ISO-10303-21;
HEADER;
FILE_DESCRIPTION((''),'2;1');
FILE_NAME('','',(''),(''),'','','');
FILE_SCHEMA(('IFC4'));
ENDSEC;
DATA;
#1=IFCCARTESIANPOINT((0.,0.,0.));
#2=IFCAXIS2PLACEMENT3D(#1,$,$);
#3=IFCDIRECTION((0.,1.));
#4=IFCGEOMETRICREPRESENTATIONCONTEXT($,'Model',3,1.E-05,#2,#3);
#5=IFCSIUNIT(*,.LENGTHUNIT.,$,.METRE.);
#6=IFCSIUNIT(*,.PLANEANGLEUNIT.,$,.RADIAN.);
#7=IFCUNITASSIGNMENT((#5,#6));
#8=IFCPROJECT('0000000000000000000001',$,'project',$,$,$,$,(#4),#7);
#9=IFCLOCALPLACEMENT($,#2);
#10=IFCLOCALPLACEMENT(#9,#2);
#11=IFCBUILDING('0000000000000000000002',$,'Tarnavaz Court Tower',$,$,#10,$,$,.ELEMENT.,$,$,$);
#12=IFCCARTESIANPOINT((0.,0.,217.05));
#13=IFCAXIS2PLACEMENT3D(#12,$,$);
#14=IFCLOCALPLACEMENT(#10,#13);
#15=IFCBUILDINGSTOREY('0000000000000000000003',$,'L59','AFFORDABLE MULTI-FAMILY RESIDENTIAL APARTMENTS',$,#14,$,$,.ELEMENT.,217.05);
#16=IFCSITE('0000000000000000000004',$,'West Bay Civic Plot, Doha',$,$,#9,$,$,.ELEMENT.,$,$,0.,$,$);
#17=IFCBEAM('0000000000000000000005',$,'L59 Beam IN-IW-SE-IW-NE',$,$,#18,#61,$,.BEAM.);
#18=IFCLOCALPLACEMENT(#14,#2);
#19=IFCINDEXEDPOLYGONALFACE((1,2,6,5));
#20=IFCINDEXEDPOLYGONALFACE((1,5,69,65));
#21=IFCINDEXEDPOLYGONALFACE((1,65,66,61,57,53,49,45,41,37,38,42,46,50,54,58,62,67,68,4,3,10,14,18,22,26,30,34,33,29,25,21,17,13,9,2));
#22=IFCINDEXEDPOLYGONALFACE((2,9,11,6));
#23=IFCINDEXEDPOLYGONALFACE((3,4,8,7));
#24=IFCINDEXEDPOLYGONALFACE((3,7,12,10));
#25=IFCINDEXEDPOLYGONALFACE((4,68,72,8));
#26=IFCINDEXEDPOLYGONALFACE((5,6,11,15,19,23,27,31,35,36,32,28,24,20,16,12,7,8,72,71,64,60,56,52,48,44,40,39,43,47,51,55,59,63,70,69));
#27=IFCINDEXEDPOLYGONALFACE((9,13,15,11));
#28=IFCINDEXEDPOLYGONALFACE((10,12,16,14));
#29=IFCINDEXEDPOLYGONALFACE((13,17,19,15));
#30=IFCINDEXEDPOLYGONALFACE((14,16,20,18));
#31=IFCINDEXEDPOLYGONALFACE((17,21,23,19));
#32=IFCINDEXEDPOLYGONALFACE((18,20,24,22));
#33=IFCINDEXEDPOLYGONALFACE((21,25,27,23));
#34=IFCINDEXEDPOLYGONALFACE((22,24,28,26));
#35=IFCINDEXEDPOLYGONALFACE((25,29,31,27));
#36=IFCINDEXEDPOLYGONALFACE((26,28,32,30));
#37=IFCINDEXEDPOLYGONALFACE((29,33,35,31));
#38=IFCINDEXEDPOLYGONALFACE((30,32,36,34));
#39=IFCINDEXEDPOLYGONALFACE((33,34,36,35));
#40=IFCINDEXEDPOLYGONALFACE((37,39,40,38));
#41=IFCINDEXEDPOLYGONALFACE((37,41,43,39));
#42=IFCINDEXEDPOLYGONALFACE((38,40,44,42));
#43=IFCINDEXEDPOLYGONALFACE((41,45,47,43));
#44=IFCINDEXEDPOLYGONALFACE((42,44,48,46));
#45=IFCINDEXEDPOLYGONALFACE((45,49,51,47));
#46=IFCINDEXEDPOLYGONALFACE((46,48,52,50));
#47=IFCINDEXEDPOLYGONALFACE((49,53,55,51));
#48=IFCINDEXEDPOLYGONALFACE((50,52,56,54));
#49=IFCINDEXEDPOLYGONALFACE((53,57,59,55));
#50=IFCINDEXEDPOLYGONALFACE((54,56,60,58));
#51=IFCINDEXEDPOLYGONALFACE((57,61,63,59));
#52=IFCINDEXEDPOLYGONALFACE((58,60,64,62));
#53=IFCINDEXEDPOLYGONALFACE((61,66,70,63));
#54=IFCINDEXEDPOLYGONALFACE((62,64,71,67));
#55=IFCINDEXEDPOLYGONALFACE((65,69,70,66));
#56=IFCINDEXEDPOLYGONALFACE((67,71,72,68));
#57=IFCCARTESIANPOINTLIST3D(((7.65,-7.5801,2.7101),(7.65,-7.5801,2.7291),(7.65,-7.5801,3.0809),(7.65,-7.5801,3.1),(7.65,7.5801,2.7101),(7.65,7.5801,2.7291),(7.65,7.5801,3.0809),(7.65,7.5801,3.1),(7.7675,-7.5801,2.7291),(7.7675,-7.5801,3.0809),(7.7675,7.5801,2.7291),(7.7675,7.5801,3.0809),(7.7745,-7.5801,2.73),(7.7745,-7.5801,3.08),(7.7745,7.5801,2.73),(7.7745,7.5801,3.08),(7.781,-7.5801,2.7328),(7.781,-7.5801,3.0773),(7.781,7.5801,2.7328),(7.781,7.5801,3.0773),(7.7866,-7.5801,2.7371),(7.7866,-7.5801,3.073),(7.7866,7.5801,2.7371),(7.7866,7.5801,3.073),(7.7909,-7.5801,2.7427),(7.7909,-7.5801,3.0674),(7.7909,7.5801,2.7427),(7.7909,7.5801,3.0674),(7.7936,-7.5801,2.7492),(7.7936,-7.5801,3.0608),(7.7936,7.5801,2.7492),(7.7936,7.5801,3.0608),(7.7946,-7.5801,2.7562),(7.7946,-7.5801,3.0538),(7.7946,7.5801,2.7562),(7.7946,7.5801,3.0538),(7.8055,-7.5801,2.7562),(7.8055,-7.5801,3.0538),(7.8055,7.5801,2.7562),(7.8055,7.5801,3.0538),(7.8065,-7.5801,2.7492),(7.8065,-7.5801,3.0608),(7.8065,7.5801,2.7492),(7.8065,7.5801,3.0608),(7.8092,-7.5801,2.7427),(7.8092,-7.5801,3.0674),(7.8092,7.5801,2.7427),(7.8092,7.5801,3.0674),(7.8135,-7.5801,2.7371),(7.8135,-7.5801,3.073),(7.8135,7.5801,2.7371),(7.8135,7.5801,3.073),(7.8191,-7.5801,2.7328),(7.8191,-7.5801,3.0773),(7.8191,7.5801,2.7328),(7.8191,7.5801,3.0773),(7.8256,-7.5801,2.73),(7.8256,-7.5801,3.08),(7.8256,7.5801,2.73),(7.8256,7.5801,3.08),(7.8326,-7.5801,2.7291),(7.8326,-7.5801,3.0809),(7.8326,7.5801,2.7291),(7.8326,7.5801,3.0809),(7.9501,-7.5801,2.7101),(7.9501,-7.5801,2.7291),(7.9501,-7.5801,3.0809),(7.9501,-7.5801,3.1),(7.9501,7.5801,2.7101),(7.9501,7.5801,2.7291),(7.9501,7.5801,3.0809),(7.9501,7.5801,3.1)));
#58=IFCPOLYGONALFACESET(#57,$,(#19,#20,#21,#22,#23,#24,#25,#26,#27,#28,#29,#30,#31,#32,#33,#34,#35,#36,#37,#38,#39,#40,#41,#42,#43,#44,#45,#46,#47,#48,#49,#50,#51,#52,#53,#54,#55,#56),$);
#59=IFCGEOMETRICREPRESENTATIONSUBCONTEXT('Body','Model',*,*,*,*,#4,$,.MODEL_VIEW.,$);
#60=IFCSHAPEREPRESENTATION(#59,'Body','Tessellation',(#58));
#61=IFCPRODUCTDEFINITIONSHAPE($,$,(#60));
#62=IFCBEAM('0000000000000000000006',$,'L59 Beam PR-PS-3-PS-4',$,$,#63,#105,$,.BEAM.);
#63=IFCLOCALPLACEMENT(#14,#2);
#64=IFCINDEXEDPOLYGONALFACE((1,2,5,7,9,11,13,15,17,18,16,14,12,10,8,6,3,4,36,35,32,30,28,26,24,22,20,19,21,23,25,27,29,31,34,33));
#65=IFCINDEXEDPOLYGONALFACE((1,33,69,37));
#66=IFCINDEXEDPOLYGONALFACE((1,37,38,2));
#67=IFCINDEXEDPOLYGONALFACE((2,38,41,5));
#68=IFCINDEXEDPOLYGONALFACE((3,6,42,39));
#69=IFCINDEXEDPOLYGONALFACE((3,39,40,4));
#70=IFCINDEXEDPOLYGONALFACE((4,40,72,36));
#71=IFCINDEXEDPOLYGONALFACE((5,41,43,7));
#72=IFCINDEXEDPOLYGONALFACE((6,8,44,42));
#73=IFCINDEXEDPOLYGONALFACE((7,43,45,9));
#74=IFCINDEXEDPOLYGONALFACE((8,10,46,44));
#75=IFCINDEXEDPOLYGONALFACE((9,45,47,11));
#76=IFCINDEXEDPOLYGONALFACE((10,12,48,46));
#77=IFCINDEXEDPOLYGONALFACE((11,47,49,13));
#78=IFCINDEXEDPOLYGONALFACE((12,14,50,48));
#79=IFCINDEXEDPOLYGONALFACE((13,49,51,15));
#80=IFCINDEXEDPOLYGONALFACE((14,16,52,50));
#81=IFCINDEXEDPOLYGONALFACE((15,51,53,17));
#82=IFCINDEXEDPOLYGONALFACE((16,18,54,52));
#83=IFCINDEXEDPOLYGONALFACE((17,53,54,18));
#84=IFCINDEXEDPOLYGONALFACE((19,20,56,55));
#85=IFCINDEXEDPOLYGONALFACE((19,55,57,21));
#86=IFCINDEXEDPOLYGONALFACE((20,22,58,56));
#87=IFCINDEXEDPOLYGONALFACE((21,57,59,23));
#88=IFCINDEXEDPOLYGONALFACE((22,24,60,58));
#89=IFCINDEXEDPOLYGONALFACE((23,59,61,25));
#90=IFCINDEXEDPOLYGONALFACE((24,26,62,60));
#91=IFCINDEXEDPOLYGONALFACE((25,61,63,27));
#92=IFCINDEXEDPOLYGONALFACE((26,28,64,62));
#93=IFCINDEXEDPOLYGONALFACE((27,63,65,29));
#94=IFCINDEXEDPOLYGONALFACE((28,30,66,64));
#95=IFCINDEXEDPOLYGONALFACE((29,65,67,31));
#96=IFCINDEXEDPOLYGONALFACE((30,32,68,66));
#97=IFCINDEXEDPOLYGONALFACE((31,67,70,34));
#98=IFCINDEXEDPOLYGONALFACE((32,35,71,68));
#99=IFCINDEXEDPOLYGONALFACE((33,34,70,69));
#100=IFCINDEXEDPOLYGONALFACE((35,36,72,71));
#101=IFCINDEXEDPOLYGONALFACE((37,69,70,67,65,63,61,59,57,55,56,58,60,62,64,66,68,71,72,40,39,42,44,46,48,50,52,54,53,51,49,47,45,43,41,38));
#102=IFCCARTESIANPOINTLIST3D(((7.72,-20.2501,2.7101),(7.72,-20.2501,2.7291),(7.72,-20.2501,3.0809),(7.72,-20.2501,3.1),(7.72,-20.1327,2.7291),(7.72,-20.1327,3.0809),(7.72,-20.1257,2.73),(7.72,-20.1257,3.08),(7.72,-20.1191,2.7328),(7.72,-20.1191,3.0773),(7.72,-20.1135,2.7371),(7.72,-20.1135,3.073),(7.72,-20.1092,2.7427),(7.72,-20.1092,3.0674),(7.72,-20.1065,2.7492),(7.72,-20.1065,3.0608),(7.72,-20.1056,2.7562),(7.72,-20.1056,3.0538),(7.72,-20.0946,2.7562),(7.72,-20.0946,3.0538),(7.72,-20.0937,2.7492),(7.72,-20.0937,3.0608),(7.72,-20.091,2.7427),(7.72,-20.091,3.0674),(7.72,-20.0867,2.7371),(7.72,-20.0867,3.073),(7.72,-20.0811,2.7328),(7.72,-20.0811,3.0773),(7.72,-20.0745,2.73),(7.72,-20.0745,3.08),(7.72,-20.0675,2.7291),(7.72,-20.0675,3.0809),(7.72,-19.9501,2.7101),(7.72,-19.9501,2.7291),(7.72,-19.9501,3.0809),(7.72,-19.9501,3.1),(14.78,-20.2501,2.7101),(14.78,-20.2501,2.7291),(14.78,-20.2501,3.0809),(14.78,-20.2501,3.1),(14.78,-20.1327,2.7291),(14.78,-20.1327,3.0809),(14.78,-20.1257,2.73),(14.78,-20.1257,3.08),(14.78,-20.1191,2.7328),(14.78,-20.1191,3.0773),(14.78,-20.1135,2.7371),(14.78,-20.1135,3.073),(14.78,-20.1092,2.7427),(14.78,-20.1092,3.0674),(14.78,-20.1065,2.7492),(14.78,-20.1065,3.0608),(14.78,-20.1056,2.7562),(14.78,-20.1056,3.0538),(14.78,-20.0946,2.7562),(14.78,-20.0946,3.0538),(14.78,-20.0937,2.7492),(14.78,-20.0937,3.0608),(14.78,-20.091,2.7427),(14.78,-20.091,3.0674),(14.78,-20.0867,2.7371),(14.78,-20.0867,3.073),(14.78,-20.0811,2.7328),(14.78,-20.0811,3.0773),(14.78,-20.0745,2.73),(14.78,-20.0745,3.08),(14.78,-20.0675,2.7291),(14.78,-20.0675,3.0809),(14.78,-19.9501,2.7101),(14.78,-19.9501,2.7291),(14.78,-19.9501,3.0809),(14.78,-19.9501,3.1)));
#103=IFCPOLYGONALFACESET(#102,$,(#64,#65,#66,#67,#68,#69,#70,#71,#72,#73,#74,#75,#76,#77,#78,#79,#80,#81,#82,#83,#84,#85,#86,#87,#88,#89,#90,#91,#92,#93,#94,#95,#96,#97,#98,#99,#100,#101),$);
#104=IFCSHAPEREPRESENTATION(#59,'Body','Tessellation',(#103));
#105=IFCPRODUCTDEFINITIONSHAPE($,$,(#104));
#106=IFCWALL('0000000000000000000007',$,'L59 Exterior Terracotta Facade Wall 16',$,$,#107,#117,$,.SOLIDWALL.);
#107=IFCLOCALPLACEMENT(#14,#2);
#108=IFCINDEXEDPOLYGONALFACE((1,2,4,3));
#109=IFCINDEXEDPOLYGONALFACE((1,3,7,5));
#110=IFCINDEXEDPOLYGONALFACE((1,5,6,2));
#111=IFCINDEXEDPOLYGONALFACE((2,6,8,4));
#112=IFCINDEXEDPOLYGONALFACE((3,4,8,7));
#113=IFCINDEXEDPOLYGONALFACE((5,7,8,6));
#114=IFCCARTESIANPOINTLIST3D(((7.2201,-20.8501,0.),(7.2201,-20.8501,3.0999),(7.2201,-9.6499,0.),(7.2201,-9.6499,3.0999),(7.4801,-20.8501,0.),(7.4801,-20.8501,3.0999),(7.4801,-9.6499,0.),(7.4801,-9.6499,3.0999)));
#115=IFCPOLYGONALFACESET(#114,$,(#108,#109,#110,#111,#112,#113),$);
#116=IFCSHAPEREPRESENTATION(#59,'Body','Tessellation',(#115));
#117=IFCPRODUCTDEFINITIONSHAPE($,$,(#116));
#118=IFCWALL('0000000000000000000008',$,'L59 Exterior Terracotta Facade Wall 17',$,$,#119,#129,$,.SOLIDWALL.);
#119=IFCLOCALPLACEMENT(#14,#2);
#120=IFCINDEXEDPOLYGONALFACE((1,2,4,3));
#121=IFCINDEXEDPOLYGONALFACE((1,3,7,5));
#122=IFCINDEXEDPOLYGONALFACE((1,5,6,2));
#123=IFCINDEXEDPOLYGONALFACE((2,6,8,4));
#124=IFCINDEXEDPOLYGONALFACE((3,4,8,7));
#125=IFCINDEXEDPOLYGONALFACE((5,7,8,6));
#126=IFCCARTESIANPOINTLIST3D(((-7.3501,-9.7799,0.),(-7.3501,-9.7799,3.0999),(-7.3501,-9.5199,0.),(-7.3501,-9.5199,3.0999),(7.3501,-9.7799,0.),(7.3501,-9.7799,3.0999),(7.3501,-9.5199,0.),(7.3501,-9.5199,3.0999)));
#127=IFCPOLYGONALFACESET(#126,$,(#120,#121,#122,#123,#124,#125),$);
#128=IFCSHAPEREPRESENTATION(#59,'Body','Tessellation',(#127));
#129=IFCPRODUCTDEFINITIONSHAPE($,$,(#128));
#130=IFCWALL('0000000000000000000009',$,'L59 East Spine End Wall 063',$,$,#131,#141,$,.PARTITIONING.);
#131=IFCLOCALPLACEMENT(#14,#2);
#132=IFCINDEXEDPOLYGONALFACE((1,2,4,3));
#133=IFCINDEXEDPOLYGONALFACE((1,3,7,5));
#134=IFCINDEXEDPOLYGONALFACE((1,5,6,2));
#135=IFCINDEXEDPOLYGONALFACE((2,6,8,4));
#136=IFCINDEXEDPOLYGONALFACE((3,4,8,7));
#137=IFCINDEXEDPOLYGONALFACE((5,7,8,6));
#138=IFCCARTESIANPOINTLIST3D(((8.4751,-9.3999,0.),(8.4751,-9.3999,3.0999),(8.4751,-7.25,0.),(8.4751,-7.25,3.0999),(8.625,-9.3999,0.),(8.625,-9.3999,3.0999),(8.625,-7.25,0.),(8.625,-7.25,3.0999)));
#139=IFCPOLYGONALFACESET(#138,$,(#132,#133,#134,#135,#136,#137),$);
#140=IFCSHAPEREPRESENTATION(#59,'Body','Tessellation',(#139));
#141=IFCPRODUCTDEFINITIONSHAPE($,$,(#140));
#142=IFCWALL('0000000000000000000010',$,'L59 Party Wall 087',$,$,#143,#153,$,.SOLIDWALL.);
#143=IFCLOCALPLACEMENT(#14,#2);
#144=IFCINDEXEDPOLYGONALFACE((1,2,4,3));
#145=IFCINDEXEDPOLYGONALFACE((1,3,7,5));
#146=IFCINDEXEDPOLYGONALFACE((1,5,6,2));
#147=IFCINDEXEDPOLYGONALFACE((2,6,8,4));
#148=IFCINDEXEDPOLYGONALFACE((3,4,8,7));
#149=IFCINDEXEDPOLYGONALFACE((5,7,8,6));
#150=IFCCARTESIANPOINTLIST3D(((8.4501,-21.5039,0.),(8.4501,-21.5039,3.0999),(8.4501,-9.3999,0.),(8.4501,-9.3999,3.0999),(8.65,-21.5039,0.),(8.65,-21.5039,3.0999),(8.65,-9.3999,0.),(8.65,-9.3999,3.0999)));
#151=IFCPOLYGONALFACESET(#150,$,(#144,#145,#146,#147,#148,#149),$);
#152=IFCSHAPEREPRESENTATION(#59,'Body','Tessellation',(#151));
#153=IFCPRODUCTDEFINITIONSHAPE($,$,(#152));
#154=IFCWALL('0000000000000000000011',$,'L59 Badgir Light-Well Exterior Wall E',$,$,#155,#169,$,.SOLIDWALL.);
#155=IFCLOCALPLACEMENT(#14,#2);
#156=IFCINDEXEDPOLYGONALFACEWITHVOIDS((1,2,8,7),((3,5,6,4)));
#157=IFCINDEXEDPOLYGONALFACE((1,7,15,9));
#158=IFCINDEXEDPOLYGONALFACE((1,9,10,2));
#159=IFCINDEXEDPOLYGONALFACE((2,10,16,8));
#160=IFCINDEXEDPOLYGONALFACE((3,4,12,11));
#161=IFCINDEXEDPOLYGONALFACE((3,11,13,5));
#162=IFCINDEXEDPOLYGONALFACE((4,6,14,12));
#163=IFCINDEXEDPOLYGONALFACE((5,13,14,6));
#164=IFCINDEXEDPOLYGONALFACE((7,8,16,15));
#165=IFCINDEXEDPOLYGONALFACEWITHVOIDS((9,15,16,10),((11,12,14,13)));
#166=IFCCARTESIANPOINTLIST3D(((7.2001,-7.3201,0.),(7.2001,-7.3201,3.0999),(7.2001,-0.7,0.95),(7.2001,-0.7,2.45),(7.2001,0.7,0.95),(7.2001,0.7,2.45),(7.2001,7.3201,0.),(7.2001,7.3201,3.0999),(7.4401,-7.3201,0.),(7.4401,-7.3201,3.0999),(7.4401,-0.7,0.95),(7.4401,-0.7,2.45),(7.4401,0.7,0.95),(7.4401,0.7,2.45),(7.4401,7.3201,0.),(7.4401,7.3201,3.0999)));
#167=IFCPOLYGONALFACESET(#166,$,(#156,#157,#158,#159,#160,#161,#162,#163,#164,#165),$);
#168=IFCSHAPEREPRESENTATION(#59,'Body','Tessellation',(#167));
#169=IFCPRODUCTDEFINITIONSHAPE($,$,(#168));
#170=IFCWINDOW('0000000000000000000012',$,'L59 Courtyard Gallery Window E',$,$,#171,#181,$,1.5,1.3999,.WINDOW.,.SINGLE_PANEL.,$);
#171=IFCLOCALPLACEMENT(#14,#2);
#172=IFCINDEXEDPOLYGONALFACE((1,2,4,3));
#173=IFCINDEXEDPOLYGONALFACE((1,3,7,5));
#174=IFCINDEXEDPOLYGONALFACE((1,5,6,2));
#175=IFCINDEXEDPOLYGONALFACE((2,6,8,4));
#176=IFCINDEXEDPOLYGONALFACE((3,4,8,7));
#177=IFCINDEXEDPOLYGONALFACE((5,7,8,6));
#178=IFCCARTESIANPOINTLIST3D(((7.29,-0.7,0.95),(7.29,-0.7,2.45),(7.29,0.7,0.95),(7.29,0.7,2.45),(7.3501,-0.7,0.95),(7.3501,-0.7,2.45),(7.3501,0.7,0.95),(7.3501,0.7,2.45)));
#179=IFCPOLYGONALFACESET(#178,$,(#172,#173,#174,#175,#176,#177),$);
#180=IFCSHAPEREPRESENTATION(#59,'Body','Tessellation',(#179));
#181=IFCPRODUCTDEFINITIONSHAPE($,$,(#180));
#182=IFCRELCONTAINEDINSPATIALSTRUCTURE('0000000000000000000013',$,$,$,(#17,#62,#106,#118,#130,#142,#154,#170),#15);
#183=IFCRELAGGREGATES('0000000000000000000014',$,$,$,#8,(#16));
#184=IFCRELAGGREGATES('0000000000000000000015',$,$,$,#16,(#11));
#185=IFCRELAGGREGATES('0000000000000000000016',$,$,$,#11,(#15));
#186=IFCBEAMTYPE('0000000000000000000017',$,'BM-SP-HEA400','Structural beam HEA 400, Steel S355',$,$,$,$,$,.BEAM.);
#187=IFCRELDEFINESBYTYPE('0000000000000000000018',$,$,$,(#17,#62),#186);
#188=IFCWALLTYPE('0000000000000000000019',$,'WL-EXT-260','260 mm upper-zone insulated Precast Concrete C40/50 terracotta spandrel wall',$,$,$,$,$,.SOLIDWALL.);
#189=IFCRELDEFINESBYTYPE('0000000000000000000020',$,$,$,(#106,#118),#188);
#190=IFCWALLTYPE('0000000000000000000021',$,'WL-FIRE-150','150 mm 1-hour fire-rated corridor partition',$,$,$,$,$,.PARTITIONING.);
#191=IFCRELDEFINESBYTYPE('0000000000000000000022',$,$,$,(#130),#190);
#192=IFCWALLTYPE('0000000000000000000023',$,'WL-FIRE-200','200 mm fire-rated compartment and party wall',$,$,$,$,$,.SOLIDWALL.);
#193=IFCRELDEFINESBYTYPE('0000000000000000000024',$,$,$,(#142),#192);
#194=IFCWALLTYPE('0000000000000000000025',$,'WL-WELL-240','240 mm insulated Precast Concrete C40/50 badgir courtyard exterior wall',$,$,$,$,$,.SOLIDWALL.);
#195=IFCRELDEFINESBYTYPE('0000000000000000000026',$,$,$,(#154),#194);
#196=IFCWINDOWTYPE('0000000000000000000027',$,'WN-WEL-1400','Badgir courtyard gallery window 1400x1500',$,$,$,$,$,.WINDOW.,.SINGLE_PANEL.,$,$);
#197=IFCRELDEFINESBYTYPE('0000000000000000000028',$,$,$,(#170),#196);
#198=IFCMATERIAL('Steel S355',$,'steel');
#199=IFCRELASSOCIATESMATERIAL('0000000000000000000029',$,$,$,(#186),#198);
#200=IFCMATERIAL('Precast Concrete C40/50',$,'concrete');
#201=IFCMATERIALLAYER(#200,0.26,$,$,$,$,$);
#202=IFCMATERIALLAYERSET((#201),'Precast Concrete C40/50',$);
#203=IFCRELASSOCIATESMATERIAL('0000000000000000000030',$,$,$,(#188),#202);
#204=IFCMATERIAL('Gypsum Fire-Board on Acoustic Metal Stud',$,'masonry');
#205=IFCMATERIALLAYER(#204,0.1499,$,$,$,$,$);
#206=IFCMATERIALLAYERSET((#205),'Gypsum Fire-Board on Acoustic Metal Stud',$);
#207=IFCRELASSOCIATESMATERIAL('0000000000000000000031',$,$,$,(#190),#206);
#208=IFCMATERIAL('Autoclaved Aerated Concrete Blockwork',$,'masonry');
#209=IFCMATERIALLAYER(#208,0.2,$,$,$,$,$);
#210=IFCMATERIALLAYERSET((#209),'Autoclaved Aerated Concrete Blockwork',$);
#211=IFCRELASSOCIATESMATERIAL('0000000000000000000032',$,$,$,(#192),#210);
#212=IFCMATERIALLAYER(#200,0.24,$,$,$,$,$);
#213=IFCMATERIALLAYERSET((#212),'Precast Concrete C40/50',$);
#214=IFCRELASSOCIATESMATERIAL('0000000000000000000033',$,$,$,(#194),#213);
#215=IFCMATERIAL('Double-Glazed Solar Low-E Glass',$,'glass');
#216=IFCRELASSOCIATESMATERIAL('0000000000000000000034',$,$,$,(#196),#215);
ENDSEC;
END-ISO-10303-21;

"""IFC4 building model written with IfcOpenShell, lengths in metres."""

from ifc_helpers import new_model, si_unit, direction, frame, frame_2d, origin, origin_2d, place, context, subcontext, project, spatial, rectangle, i_section, extrude, material, layer, layer_set, material_profile, profile_set, type_object, element, fill, save


model = new_model("IFC4")

# Units and contexts
model_context = context("Model", 3, precision=1e-05, world=origin(), true_north=direction((0.0, 1.0)))
body_context = subcontext(model_context, "Body", "Model", "MODEL_VIEW")
ifc_project = project(units=[si_unit("LENGTHUNIT", "METRE"), si_unit("PLANEANGLEUNIT", "RADIAN")], contexts=[model_context])

# Site, building, storey
site_placement = place(None, origin())
site = spatial("IfcSite", under=ifc_project, at=site_placement, Name="West Bay Civic Plot, Doha", CompositionType="ELEMENT", RefElevation=0.0)
building_placement = place(site_placement, origin())
building = spatial("IfcBuilding", under=site, at=building_placement, Name="Tarnavaz Court Tower", CompositionType="ELEMENT")
storey_placement = place(building_placement, frame((0.0, 0.0, 217.05)))
storey = spatial("IfcBuildingStorey", under=building, at=storey_placement, Name="L59", Description="AFFORDABLE MULTI-FAMILY RESIDENTIAL APARTMENTS", CompositionType="ELEMENT", Elevation=217.05)

# Beams
ifc_material_1 = material(Name="Steel S355", Category="steel")
ifc_material_profile_1 = material_profile(ifc_material_1, i_section(OverallWidth=0.3, OverallDepth=0.3899, WebThickness=0.011, FlangeThickness=0.019, FilletRadius=0.0271, at=origin_2d()), Name="HEA 400")
ifc_profile_set_1 = profile_set([ifc_material_profile_1], Name="Steel S355")
beam_type_1 = type_object("IfcBeamType", Name="BM-SP-HEA400", Description="Structural beam HEA 400, Steel S355", PredefinedType="BEAM", material=ifc_profile_set_1)
beam_1_placement = place(storey_placement, frame((7.8, -7.5801, 2.905), z_axis=(0.0, 1.0, 0.0), x_axis=(-1.0, 0.0, 0.0)))
element("IfcBeam", 1, at=beam_1_placement, inside=storey, type_object=beam_type_1, Name="L59 Beam IN-IW-SE-IW-NE", PredefinedType="BEAM", context=body_context, shape_type="SweptSolid", body=[
    extrude(i_section(OverallWidth=0.3, OverallDepth=0.3899, WebThickness=0.011, FlangeThickness=0.019, FilletRadius=0.0271, at=origin_2d()), origin(), (0.0, 0.0, 1.0), 15.1602),
])
beam_2_placement = place(storey_placement, frame((7.72, -20.1001, 2.905), z_axis=(1.0, 0.0, 0.0), x_axis=(0.0, 1.0, 0.0)))
element("IfcBeam", 2, at=beam_2_placement, inside=storey, type_object=beam_type_1, Name="L59 Beam PR-PS-3-PS-4", PredefinedType="BEAM", context=body_context, shape_type="SweptSolid", body=[
    extrude(i_section(OverallWidth=0.3, OverallDepth=0.3899, WebThickness=0.011, FlangeThickness=0.019, FilletRadius=0.0271, at=origin_2d()), origin(), (0.0, 0.0, 1.0), 7.0601),
])

# Walls
ifc_material_2 = material(Name="Precast Concrete C40/50", Category="concrete")
ifc_layer_1 = layer(ifc_material_2, 0.26)
ifc_layer_set_1 = layer_set([ifc_layer_1], Name="Precast Concrete C40/50")
wall_type_1 = type_object("IfcWallType", Name="WL-EXT-260", Description="260 mm upper-zone insulated Precast Concrete C40/50 terracotta spandrel wall", PredefinedType="SOLIDWALL", material=ifc_layer_set_1)
wall_1_placement = place(storey_placement, frame((7.3501, -20.8501, 0.0), z_axis=(0.0, 0.0, 1.0), x_axis=(0.0, 1.0, 0.0)))
element("IfcWall", 3, at=wall_1_placement, inside=storey, type_object=wall_type_1, Name="L59 Exterior Terracotta Facade Wall 16", PredefinedType="SOLIDWALL", context=body_context, shape_type="SweptSolid", body=[
    extrude(rectangle(XDim=11.2002, YDim=0.26, at=frame_2d((5.6001, 0.0))), origin(), (0.0, 0.0, 1.0), 3.0999),
])
wall_2_placement = place(storey_placement, frame((7.3501, -9.6499, 0.0), z_axis=(0.0, 0.0, 1.0), x_axis=(-1.0, 0.0, 0.0)))
element("IfcWall", 4, at=wall_2_placement, inside=storey, type_object=wall_type_1, Name="L59 Exterior Terracotta Facade Wall 17", PredefinedType="SOLIDWALL", context=body_context, shape_type="SweptSolid", body=[
    extrude(rectangle(XDim=14.7002, YDim=0.26, at=frame_2d((7.3501, 0.0))), origin(), (0.0, 0.0, 1.0), 3.0999),
])

# Shared definitions
ifc_material_3 = material(Name="Gypsum Fire-Board on Acoustic Metal Stud", Category="masonry")
ifc_layer_2 = layer(ifc_material_3, 0.1499)
ifc_layer_set_2 = layer_set([ifc_layer_2], Name="Gypsum Fire-Board on Acoustic Metal Stud")
wall_type_2 = type_object("IfcWallType", Name="WL-FIRE-150", Description="150 mm 1-hour fire-rated corridor partition", PredefinedType="PARTITIONING", material=ifc_layer_set_2)

# Walls
wall_3_placement = place(storey_placement, frame((8.55, -9.3999, 0.0), z_axis=(0.0, 0.0, 1.0), x_axis=(0.0, 1.0, 0.0)))
element("IfcWall", 5, at=wall_3_placement, inside=storey, type_object=wall_type_2, Name="L59 East Spine End Wall 063", PredefinedType="PARTITIONING", context=body_context, shape_type="SweptSolid", body=[
    extrude(rectangle(XDim=2.1499, YDim=0.1499, at=frame_2d((1.075, 0.0))), origin(), (0.0, 0.0, 1.0), 3.0999),
])
ifc_material_4 = material(Name="Autoclaved Aerated Concrete Blockwork", Category="masonry")
ifc_layer_3 = layer(ifc_material_4, 0.2)
ifc_layer_set_3 = layer_set([ifc_layer_3], Name="Autoclaved Aerated Concrete Blockwork")
wall_type_3 = type_object("IfcWallType", Name="WL-FIRE-200", Description="200 mm fire-rated compartment and party wall", PredefinedType="SOLIDWALL", material=ifc_layer_set_3)
wall_4_placement = place(storey_placement, frame((8.55, -21.5039, 0.0), z_axis=(0.0, 0.0, 1.0), x_axis=(0.0, 1.0, 0.0)))
element("IfcWall", 6, at=wall_4_placement, inside=storey, type_object=wall_type_3, Name="L59 Party Wall 087", PredefinedType="SOLIDWALL", context=body_context, shape_type="SweptSolid", body=[
    extrude(rectangle(XDim=12.104, YDim=0.2, at=frame_2d((6.052, 0.0))), origin(), (0.0, 0.0, 1.0), 3.0999),
])

# Wall, opening, window
ifc_layer_4 = layer(ifc_material_2, 0.24)
ifc_layer_set_4 = layer_set([ifc_layer_4], Name="Precast Concrete C40/50")
wall_type_4 = type_object("IfcWallType", Name="WL-WELL-240", Description="240 mm insulated Precast Concrete C40/50 badgir courtyard exterior wall", PredefinedType="SOLIDWALL", material=ifc_layer_set_4)
wall_5_placement = place(storey_placement, frame((7.3201, -7.3201, 0.0), z_axis=(0.0, 0.0, 1.0), x_axis=(0.0, 1.0, 0.0)))
wall_5 = element("IfcWall", 7, at=wall_5_placement, inside=storey, type_object=wall_type_4, Name="L59 Badgir Light-Well Exterior Wall E", PredefinedType="SOLIDWALL", context=body_context, shape_type="SweptSolid", body=[
    extrude(rectangle(XDim=14.6401, YDim=0.24, at=frame_2d((7.3201, 0.0))), origin(), (0.0, 0.0, 1.0), 3.0999),
])
opening_1_placement = place(wall_5_placement, frame((6.6201, 0.0, 0.95)))
opening_1 = element("IfcOpeningElement", 8, at=opening_1_placement, cuts=wall_5, PredefinedType="OPENING", context=body_context, shape_type="SweptSolid", body=[
    extrude(rectangle(XDim=1.3999, YDim=1.5, at=frame_2d((0.7, 0.75))), frame((0.0, 0.1299, 0.0), z_axis=(0.0, -1.0, 0.0), x_axis=(1.0, 0.0, 0.0)), (0.0, 0.0, 1.0), 0.26),
])
ifc_material_5 = material(Name="Double-Glazed Solar Low-E Glass", Category="glass")
window_type = type_object("IfcWindowType", Name="WN-WEL-1400", Description="Badgir courtyard gallery window 1400x1500", PartitioningType="SINGLE_PANEL", PredefinedType="WINDOW", material=ifc_material_5)
window_placement = place(opening_1_placement, origin())
window = element("IfcWindow", 9, at=window_placement, inside=storey, type_object=window_type, Name="L59 Courtyard Gallery Window E", OverallHeight=1.5, OverallWidth=1.3999, PartitioningType="SINGLE_PANEL", PredefinedType="WINDOW", context=body_context, shape_type="SweptSolid", body=[
    extrude(rectangle(XDim=1.3999, YDim=1.5, at=frame_2d((0.7, 0.75))), frame((0.0, 0.03, 0.0), z_axis=(0.0, -1.0, 0.0), x_axis=(1.0, 0.0, 0.0)), (0.0, 0.0, 1.0), 0.0601),
])
fill(opening_1, window)

save(model, "model.ifc")
